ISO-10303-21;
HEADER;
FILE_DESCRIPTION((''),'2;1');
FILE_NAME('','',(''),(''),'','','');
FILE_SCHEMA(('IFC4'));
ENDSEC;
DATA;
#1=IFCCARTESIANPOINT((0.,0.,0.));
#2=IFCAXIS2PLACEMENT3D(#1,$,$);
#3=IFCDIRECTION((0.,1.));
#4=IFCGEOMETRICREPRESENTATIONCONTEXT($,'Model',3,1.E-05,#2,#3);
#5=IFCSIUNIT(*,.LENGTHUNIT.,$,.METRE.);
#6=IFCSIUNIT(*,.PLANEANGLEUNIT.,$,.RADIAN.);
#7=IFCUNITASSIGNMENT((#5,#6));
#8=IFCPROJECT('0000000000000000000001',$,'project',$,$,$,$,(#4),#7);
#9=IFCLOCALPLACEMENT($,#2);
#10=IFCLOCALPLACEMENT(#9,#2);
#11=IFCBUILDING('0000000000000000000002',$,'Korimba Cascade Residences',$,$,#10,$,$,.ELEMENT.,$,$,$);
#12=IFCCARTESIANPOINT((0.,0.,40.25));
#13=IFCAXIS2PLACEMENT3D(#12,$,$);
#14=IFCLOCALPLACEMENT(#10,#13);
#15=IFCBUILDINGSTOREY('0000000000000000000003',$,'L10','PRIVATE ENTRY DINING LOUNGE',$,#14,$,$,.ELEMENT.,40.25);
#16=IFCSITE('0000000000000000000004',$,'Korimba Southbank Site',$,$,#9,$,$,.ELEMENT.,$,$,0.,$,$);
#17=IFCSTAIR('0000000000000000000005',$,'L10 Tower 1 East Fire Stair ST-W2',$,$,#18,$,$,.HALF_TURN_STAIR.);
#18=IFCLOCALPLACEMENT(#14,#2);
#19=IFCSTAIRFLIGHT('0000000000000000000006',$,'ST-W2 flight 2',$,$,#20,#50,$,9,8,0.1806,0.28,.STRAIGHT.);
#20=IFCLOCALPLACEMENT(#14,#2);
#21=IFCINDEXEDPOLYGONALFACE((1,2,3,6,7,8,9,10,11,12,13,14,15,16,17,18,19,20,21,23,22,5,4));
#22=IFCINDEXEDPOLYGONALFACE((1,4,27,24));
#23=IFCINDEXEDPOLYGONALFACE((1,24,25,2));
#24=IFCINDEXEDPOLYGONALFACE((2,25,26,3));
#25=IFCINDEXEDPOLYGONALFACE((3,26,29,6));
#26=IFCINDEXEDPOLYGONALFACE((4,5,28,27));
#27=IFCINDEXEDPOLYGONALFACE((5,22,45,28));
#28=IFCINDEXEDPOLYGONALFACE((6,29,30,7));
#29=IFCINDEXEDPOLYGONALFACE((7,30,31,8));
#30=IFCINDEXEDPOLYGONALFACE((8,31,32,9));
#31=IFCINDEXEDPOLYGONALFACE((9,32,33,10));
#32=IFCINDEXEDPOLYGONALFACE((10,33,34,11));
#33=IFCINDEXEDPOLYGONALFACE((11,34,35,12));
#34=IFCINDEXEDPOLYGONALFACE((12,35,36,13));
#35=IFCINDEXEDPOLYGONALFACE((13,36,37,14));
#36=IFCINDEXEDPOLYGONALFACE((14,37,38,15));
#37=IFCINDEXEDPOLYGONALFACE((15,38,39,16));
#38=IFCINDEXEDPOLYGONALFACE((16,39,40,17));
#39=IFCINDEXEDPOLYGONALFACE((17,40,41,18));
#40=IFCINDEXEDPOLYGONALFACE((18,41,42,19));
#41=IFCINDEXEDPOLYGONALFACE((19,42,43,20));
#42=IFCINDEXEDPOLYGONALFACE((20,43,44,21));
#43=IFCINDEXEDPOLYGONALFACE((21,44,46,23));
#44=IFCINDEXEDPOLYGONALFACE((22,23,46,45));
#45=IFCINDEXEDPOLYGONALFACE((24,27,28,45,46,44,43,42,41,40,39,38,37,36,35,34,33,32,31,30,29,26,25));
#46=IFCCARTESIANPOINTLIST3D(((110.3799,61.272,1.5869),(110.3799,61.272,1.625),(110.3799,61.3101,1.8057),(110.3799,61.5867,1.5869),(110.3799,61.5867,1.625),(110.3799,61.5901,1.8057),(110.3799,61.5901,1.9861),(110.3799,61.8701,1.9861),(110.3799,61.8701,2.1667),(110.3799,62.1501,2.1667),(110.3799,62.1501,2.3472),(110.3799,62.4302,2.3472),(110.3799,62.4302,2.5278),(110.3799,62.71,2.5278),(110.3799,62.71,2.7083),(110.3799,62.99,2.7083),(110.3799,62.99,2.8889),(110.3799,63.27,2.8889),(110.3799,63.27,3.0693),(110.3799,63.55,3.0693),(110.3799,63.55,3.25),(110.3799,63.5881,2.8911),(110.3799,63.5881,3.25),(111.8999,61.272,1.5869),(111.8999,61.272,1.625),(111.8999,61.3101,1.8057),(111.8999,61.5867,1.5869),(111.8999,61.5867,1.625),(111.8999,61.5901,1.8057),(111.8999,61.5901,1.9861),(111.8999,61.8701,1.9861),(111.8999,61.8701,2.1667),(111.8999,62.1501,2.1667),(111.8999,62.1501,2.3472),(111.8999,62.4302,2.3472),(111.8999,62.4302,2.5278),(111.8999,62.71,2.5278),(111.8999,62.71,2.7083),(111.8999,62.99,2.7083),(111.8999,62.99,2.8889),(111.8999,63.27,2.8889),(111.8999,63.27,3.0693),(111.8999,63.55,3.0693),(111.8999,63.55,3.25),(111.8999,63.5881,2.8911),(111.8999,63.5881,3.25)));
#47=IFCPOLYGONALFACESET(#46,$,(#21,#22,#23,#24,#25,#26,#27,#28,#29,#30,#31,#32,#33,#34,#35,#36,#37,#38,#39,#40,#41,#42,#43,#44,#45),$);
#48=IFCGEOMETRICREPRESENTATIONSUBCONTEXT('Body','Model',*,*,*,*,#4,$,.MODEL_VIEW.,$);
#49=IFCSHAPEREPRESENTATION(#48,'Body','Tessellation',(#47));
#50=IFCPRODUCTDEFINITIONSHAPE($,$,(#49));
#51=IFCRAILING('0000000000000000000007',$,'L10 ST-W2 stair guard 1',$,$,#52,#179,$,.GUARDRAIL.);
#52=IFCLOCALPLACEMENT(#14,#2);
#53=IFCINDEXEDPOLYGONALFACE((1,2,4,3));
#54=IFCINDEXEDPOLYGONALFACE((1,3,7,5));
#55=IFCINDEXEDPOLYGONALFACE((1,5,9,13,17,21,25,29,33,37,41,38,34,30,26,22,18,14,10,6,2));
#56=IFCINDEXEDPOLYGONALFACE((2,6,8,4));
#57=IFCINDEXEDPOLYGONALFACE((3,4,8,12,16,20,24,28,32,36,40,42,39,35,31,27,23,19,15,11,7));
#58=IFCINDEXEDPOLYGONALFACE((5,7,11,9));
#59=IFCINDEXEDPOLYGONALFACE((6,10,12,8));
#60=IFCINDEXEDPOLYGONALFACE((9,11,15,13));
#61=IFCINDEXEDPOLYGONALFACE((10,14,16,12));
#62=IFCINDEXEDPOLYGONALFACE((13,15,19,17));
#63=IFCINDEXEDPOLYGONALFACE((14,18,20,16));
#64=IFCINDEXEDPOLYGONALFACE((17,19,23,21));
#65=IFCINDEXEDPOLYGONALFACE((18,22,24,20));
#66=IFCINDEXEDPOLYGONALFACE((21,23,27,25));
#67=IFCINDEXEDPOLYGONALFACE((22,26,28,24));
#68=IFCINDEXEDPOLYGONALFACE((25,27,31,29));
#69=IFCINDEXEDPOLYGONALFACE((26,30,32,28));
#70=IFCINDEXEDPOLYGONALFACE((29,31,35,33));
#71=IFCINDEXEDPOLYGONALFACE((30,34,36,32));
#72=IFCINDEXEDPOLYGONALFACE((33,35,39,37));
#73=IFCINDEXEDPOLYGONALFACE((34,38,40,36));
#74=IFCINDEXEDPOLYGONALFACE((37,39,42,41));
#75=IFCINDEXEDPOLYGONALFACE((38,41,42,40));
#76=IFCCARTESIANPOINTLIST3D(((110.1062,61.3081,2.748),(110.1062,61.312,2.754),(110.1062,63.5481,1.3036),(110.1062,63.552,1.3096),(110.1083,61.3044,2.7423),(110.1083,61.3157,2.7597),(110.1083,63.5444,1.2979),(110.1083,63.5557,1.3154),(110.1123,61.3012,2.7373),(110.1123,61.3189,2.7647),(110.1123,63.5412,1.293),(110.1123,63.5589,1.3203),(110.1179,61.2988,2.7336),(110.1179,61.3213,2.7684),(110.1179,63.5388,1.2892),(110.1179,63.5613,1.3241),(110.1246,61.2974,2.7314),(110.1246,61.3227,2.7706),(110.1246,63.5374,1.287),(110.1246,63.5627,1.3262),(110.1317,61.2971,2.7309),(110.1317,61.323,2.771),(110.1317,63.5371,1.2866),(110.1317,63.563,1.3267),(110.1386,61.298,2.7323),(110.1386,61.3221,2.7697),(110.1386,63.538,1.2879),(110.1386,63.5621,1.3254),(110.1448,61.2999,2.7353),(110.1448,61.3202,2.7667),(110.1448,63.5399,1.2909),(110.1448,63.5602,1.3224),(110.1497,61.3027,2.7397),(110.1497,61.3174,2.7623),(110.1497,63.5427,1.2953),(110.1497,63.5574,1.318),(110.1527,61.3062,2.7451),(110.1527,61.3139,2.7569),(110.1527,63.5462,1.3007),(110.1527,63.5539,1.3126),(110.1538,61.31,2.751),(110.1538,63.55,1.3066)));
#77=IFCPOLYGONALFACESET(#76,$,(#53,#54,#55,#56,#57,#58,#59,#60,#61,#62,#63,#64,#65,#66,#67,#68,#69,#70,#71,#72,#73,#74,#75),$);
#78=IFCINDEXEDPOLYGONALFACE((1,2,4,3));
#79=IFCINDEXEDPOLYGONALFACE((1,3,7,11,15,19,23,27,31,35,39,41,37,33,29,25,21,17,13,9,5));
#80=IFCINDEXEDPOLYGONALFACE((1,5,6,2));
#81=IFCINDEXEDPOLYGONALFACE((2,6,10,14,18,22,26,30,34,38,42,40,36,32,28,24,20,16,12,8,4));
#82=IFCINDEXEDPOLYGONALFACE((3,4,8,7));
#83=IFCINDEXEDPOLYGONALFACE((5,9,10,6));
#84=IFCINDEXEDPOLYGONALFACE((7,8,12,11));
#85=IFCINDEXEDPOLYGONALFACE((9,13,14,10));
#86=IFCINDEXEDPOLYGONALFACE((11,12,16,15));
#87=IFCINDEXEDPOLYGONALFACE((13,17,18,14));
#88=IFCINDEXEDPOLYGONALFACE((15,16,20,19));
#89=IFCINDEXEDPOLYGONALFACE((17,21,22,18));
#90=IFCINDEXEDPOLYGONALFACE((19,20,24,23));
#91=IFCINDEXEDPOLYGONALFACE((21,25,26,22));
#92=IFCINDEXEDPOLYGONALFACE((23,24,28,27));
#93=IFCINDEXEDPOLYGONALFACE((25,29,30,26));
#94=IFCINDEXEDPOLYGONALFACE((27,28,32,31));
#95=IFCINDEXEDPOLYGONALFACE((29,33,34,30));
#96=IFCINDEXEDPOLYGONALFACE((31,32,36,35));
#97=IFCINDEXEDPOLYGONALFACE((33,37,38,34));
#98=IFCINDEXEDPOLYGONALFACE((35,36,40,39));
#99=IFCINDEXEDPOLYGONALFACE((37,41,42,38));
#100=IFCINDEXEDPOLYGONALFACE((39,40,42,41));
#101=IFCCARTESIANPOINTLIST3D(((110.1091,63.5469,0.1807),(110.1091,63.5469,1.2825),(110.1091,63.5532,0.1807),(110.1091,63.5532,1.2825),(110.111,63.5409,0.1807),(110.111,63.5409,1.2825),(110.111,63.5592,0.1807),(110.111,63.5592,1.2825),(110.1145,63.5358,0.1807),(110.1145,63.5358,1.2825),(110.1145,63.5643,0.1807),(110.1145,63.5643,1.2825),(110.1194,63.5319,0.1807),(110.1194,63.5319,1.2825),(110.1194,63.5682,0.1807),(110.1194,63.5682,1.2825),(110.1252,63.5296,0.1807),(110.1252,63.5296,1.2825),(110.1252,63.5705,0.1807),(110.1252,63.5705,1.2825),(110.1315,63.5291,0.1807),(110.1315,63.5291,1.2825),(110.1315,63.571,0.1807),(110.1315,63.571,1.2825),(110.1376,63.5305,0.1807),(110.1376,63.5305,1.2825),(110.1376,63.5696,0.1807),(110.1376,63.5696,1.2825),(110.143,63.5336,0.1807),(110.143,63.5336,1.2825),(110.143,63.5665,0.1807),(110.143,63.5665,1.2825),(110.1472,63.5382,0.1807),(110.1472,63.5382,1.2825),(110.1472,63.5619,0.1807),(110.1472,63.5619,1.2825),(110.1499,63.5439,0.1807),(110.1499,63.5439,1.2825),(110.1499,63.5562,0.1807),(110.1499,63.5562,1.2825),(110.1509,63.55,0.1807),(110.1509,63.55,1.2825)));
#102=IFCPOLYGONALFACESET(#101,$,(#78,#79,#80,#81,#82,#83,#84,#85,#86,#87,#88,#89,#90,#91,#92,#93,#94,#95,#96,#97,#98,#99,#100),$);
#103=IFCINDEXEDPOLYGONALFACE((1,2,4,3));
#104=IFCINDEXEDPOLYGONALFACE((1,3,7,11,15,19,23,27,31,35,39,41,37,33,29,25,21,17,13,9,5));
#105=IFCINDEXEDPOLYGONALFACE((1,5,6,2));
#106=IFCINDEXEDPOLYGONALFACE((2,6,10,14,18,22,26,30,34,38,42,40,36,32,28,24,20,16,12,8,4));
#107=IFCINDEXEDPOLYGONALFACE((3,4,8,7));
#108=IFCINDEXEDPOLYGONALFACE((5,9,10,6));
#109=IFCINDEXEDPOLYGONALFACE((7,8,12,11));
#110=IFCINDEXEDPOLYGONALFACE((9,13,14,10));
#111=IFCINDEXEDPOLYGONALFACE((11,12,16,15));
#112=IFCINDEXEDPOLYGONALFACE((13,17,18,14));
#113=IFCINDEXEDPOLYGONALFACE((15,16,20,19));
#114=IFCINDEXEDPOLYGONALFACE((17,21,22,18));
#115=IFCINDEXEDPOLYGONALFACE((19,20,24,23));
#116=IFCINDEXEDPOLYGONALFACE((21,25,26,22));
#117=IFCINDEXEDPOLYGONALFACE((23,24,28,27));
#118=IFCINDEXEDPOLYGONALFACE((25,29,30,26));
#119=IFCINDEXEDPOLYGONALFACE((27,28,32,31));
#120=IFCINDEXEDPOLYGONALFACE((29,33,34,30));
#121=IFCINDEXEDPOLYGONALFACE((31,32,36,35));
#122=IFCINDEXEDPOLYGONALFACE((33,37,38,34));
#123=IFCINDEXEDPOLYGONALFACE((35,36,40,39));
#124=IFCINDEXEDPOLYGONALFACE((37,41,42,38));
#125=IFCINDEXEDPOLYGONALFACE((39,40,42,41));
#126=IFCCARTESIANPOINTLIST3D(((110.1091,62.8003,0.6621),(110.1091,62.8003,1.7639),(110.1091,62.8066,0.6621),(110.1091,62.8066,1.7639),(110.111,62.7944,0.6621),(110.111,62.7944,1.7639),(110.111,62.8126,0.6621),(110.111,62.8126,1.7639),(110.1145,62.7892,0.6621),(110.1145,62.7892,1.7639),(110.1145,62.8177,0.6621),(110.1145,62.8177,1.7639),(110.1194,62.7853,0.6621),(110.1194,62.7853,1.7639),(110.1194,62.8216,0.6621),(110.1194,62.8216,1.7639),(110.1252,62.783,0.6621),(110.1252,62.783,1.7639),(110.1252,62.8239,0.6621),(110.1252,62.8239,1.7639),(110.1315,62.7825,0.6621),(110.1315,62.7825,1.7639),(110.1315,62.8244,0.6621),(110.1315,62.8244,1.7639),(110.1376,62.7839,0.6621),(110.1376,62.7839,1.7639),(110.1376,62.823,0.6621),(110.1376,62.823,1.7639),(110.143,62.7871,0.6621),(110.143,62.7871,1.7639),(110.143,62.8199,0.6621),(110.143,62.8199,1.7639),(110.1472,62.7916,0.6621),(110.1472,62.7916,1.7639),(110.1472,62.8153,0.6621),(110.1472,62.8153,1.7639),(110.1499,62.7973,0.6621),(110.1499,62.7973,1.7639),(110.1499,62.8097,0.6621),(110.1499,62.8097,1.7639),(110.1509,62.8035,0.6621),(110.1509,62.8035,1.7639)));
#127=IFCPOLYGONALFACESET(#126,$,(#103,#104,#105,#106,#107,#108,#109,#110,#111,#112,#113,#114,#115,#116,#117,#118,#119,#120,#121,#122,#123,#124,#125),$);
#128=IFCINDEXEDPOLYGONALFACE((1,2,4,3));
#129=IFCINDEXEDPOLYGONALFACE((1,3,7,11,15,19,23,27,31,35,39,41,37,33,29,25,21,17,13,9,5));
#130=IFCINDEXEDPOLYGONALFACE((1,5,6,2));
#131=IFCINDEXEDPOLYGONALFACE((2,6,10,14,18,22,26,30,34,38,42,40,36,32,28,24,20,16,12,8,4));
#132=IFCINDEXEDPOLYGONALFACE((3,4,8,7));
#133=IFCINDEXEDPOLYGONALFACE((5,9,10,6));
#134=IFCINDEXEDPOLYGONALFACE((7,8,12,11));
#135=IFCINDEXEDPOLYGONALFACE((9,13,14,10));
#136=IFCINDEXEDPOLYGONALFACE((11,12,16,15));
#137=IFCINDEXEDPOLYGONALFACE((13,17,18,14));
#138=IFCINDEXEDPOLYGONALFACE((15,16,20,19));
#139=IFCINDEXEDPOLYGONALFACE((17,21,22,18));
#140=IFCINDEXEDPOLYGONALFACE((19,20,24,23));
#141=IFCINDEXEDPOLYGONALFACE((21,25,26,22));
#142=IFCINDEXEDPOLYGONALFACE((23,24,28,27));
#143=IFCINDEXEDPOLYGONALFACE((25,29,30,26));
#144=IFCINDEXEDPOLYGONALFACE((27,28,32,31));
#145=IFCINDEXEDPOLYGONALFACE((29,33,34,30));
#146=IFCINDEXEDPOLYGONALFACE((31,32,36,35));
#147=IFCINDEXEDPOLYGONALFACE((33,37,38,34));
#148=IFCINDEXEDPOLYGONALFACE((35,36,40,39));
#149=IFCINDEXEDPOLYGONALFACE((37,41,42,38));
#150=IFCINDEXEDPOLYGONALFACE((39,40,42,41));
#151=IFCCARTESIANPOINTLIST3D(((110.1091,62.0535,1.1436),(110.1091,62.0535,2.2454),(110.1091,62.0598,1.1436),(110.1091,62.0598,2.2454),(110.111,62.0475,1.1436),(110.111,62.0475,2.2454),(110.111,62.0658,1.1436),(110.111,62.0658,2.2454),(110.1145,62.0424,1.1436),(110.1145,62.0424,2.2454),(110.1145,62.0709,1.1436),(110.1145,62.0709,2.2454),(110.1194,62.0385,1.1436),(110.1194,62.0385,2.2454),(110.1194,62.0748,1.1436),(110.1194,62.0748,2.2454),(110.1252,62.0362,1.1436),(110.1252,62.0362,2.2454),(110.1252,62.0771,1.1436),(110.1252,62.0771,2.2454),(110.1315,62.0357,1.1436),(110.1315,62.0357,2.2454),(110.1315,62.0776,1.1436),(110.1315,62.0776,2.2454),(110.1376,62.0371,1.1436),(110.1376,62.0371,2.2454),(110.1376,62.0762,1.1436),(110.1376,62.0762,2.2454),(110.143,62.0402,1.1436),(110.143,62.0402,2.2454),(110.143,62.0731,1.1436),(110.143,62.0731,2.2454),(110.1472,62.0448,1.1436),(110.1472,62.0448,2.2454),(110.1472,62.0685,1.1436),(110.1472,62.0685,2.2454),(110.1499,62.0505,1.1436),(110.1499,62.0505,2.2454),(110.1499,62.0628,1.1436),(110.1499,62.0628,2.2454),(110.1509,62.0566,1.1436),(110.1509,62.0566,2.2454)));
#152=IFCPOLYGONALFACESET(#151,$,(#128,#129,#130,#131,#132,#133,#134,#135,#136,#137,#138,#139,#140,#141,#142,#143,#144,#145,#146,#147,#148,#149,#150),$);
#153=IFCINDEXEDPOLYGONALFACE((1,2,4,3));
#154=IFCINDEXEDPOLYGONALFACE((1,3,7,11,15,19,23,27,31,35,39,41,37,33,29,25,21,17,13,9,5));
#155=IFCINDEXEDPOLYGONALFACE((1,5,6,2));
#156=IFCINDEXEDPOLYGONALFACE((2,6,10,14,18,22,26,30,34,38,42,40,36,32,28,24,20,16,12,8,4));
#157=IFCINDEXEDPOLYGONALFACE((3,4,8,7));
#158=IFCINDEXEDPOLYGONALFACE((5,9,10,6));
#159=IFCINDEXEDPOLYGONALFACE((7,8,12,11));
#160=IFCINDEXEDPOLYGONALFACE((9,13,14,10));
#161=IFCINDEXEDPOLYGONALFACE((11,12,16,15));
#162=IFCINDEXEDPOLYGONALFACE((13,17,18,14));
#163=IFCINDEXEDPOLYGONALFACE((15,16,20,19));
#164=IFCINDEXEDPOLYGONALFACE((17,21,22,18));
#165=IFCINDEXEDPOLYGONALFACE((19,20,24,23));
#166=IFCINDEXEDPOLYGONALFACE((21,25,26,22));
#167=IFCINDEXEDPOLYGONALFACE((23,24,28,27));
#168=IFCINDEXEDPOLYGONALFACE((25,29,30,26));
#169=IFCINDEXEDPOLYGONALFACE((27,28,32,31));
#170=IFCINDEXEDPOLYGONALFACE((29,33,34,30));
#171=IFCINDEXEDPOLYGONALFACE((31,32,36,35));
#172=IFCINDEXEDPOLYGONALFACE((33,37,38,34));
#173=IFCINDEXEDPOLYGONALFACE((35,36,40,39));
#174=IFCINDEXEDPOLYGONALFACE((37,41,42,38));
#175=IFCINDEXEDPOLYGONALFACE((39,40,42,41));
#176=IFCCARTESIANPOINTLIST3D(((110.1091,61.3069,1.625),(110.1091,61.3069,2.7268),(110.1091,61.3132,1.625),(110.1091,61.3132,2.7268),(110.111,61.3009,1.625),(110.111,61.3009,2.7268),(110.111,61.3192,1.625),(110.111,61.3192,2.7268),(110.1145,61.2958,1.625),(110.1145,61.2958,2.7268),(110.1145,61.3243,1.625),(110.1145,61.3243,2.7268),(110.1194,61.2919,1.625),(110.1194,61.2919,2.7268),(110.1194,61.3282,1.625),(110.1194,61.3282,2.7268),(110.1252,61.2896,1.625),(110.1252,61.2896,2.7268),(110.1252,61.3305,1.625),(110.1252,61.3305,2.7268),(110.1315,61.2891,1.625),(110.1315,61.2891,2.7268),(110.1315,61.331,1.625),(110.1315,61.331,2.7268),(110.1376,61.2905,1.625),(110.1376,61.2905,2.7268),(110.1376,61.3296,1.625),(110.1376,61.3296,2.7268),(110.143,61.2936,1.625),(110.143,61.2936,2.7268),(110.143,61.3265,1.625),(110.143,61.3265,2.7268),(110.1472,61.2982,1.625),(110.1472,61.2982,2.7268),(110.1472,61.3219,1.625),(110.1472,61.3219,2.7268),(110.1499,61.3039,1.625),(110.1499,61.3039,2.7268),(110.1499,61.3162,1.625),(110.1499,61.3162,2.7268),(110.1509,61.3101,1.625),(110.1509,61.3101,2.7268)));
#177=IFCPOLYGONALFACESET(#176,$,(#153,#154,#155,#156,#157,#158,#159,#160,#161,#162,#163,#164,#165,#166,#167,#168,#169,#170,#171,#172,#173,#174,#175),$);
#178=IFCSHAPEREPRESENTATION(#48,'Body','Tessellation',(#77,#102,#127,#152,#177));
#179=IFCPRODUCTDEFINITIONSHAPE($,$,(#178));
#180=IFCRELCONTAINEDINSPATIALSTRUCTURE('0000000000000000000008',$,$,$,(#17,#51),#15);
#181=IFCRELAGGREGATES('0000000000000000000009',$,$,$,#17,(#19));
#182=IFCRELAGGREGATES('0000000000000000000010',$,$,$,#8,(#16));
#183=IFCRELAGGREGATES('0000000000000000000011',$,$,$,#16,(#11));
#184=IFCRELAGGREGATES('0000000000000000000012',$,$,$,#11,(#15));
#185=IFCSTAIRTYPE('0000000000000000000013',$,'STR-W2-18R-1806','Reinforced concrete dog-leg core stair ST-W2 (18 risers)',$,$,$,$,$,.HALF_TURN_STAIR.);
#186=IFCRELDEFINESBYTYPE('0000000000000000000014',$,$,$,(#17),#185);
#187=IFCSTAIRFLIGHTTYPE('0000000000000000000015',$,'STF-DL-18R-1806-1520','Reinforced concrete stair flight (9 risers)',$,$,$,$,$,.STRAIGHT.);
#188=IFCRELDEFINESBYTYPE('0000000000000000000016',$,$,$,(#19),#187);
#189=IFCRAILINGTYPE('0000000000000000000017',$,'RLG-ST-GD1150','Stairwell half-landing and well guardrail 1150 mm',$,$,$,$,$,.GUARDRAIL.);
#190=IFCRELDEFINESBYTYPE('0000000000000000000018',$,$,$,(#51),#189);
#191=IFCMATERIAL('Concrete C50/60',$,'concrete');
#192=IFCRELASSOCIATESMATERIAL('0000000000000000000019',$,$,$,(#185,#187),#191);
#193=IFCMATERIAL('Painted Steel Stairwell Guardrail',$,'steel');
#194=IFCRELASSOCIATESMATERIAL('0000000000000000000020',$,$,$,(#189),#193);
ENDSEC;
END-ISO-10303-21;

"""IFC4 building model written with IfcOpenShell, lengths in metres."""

from ifc_helpers import new_model, si_unit, direction, frame, origin, origin_2d, place, context, subcontext, project, spatial, polyline, circle, outline, extrude, material, type_object, element, aggregate, save


model = new_model("IFC4")

# Units and contexts
model_context = context("Model", 3, precision=1e-05, world=origin(), true_north=direction((0.0, 1.0)))
body_context = subcontext(model_context, "Body", "Model", "MODEL_VIEW")
ifc_project = project(units=[si_unit("LENGTHUNIT", "METRE"), si_unit("PLANEANGLEUNIT", "RADIAN")], contexts=[model_context])

# Site, building, storey
site_placement = place(None, origin())
site = spatial("IfcSite", under=ifc_project, at=site_placement, Name="Korimba Southbank Site", CompositionType="ELEMENT", RefElevation=0.0)
building_placement = place(site_placement, origin())
building = spatial("IfcBuilding", under=site, at=building_placement, Name="Korimba Cascade Residences", CompositionType="ELEMENT")
storey_placement = place(building_placement, frame((0.0, 0.0, 40.25)))
storey = spatial("IfcBuildingStorey", under=building, at=storey_placement, Name="L10", Description="PRIVATE ENTRY DINING LOUNGE", CompositionType="ELEMENT", Elevation=40.25)

# Shared definitions
ifc_material_1 = material(Name="Concrete C50/60", Category="concrete")

# Stair, stair flight
stair_type = type_object("IfcStairType", Name="STR-W2-18R-1806", Description="Reinforced concrete dog-leg core stair ST-W2 (18 risers)", PredefinedType="HALF_TURN_STAIR", material=ifc_material_1)
stair_placement = place(storey_placement, origin())
stair = element("IfcStair", 1, at=stair_placement, inside=storey, type_object=stair_type, Name="L10 Tower 1 East Fire Stair ST-W2", PredefinedType="HALF_TURN_STAIR")
stair_flight_type = type_object("IfcStairFlightType", Name="STF-DL-18R-1806-1520", Description="Reinforced concrete stair flight (9 risers)", PredefinedType="STRAIGHT", material=ifc_material_1)
stair_flight_1_placement = place(storey_placement, frame((111.1399, 61.3101, 1.625), z_axis=(0.0, 0.0, 1.0), x_axis=(0.0, 1.0, 0.0)))
stair_flight_1 = element("IfcStairFlight", 2, at=stair_flight_1_placement, type_object=stair_flight_type, Name="ST-W2 flight 2", NumberOfRisers=9, NumberOfTreads=8, PredefinedType="STRAIGHT", RiserHeight=0.1806, TreadLength=0.28, context=body_context, shape_type="SweptSolid", body=[
    extrude(outline(polyline([(-0.0381, 0.0), (0.0, 0.1807), (0.28, 0.1807), (0.28, 0.3611), (0.5601, 0.3611), (0.5601, 0.5417), (0.8401, 0.5417), (0.8401, 0.7222), (1.1201, 0.7222), (1.1201, 0.9028), (1.3999, 0.9028), (1.3999, 1.0833), (1.6799, 1.0833), (1.6799, 1.2639), (1.96, 1.2639), (1.96, 1.4443), (2.24, 1.4443), (2.24, 1.625), (2.2781, 1.625), (2.2781, 1.2661), (0.2766, 0.0), (0.2766, -0.0381), (-0.0381, -0.0381), (-0.0381, 0.0)])), frame((0.0, 0.76, 0.0), z_axis=(0.0, -1.0, 0.0), x_axis=(1.0, 0.0, 0.0)), (0.0, 0.0, 1.0), 1.52),
])
aggregate(stair, [stair_flight_1])

# Railing
ifc_material_2 = material(Name="Painted Steel Stairwell Guardrail", Category="steel")
railing_type_1 = type_object("IfcRailingType", Name="RLG-ST-GD1150", Description="Stairwell half-landing and well guardrail 1150 mm", PredefinedType="GUARDRAIL", material=ifc_material_2)
railing_1_placement = place(storey_placement, frame((110.1299, 63.55, 0.1807)))
element("IfcRailing", 3, at=railing_1_placement, inside=storey, type_object=railing_type_1, Name="L10 ST-W2 stair guard 1", PredefinedType="GUARDRAIL", context=body_context, shape_type="SweptSolid", body=[
    extrude(circle(Radius=0.0239, at=origin_2d()), frame((0.0, 0.0, 1.126), z_axis=(0.0, -0.840437, 0.54191), x_axis=(1.0, 0.0, 0.0)), (0.0, 0.0, 1.0), 2.6653),
    extrude(circle(Radius=0.021, at=origin_2d()), origin(), (0.0, 0.0, 1.0), 1.1018),
    extrude(circle(Radius=0.021, at=origin_2d()), frame((0.0, -0.7466, 0.4814)), (0.0, 0.0, 1.0), 1.1018),
    extrude(circle(Radius=0.021, at=origin_2d()), frame((0.0, -1.4934, 0.9629)), (0.0, 0.0, 1.0), 1.1018),
    extrude(circle(Radius=0.021, at=origin_2d()), frame((0.0, -2.24, 1.4443)), (0.0, 0.0, 1.0), 1.1018),
])

save(model, "model.ifc")
